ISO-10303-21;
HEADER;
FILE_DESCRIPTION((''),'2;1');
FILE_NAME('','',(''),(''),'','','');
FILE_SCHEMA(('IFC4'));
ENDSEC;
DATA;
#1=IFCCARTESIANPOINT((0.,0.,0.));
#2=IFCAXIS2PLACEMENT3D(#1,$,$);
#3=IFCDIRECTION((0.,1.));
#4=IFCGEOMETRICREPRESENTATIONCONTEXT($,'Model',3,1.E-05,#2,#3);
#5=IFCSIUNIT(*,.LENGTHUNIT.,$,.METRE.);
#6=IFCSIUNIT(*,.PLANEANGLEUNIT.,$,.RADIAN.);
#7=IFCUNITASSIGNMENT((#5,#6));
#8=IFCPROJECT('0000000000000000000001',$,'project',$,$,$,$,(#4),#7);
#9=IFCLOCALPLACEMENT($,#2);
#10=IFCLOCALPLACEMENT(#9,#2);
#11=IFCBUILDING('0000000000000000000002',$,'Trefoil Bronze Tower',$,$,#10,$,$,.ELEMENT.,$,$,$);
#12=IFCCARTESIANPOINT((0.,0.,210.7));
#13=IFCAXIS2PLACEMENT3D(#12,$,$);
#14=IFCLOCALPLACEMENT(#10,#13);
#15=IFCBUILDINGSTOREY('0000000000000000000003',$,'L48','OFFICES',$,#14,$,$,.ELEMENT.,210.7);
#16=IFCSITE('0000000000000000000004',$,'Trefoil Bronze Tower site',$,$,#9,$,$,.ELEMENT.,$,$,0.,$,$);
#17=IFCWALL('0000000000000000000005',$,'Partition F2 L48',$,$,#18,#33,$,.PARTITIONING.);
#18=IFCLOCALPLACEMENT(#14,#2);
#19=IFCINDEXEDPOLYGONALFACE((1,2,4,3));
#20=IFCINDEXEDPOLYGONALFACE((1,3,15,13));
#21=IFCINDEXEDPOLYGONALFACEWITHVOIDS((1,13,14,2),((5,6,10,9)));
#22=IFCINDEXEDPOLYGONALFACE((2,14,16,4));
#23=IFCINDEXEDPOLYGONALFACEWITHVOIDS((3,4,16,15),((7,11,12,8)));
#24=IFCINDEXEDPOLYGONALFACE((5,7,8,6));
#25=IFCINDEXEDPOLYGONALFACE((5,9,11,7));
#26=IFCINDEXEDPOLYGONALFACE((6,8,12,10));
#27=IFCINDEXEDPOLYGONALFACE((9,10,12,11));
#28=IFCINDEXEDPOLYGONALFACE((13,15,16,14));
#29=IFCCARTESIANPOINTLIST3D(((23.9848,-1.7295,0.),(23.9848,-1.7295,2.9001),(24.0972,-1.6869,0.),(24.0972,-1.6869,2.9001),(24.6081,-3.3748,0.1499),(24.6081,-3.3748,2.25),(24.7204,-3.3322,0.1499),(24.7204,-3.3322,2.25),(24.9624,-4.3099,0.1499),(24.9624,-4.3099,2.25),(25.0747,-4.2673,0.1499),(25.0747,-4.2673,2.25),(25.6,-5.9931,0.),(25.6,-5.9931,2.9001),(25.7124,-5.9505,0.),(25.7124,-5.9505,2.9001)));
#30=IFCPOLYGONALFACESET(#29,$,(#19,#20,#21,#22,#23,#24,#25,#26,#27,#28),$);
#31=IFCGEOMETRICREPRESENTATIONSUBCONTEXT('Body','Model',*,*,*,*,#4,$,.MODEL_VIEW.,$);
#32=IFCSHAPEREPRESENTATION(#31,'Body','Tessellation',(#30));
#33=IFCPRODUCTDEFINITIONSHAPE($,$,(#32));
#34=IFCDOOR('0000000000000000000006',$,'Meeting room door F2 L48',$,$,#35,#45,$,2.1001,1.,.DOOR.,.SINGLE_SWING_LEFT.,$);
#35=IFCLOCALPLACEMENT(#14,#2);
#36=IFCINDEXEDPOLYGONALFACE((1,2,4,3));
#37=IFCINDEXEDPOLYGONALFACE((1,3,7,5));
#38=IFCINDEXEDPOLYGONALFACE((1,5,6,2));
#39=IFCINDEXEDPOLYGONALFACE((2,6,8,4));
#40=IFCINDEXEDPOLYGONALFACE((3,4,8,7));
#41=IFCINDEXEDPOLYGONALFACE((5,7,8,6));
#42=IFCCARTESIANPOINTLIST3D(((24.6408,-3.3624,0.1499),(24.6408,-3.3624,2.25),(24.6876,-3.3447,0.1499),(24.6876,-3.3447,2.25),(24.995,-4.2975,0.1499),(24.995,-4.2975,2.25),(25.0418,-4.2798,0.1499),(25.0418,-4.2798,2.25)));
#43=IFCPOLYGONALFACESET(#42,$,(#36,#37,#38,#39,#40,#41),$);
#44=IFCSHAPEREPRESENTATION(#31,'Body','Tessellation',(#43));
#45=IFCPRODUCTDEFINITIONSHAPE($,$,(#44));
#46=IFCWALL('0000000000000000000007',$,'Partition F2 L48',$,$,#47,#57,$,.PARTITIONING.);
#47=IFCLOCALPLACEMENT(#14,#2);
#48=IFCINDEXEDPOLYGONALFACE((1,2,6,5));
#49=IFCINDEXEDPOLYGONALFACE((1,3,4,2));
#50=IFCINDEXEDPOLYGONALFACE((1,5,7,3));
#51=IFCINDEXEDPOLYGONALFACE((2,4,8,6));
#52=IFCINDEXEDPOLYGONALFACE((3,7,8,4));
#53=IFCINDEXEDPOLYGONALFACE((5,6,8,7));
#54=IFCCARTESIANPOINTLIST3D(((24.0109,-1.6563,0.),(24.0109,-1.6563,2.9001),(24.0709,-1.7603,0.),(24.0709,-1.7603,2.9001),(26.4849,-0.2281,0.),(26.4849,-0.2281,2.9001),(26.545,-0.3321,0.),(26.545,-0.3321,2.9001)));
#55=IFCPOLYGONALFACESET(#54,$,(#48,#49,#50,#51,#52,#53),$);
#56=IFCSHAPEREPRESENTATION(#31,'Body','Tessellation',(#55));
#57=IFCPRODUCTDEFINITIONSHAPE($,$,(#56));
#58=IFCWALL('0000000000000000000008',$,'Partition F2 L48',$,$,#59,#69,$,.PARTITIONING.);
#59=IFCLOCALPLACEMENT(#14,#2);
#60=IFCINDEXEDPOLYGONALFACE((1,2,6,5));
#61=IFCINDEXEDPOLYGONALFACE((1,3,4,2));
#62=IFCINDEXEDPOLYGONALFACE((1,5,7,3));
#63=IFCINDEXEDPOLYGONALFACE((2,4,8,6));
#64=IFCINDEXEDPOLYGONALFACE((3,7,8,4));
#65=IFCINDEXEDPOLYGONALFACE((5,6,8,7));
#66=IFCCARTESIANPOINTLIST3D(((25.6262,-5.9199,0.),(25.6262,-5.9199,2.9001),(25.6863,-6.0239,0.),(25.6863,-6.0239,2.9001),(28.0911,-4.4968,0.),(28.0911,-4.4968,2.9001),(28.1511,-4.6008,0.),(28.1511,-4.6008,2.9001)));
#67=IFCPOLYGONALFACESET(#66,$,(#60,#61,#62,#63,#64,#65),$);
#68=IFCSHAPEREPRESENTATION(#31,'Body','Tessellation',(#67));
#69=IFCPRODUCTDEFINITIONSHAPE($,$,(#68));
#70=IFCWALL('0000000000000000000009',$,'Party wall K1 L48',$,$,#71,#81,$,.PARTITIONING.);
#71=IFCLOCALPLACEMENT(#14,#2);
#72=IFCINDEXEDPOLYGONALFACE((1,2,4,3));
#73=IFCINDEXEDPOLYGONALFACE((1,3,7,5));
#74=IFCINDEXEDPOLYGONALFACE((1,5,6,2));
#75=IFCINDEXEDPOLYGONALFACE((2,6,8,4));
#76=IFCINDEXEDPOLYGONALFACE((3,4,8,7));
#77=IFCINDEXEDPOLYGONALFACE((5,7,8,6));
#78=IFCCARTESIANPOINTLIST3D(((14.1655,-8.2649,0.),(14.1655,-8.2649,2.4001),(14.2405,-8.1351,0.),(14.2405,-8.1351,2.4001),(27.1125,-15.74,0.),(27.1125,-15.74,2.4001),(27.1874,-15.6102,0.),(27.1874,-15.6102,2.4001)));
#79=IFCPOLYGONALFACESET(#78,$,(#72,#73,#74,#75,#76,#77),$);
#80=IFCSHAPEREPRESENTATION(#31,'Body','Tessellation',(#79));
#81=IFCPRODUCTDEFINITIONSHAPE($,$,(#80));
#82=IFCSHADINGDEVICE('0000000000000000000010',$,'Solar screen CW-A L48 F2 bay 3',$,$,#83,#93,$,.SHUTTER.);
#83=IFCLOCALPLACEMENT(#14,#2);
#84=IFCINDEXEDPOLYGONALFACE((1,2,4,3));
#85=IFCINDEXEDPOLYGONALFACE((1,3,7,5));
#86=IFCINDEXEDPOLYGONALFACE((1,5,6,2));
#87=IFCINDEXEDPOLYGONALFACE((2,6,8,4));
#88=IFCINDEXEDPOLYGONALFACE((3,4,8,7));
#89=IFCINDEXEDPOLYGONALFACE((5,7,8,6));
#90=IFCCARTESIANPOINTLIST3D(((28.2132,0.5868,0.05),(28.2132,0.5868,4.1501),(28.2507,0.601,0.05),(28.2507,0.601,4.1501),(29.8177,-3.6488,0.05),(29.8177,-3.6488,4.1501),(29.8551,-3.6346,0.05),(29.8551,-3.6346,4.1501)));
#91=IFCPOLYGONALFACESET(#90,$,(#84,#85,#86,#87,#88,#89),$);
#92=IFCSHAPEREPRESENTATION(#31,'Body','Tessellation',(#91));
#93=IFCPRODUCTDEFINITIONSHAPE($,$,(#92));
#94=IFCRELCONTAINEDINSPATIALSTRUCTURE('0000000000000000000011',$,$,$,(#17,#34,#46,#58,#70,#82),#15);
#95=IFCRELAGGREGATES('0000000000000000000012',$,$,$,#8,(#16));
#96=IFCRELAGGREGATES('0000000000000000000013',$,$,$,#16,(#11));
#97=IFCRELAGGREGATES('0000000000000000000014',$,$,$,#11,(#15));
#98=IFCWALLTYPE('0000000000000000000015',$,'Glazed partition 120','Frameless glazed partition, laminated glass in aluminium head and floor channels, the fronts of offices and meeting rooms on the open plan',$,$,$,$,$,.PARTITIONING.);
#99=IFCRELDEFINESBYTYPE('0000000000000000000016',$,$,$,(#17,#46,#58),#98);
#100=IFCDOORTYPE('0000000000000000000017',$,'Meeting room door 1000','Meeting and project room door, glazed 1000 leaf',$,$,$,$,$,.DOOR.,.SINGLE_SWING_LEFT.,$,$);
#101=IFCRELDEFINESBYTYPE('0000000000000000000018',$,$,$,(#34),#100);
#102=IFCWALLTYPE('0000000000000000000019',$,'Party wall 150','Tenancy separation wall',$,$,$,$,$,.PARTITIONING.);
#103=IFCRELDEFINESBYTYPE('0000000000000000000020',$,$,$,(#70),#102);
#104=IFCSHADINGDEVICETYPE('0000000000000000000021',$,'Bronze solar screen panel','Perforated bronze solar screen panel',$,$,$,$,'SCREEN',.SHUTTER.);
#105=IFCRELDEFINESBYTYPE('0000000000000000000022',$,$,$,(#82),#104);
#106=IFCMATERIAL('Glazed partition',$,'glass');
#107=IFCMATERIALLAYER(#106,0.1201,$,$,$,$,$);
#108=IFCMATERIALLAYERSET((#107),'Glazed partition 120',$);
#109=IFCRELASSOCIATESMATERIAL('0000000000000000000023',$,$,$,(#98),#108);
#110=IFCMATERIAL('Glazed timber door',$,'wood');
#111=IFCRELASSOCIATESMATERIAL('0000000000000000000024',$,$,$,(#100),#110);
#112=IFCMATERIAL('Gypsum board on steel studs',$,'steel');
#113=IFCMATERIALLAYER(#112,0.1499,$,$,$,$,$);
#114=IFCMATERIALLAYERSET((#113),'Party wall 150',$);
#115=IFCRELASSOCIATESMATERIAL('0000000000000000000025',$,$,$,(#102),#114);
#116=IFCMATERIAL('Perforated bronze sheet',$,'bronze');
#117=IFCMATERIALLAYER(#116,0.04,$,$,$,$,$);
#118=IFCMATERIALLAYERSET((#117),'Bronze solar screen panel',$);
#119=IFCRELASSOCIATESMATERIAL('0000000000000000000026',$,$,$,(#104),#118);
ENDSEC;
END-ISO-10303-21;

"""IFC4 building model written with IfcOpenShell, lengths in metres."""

from ifc_helpers import new_model, si_unit, direction, frame, frame_2d, origin, origin_2d, place, context, subcontext, project, spatial, rectangle, extrude, material, layer, layer_set, type_object, element, fill, save


model = new_model("IFC4")

# Units and contexts
model_context = context("Model", 3, precision=1e-05, world=origin(), true_north=direction((0.0, 1.0)))
body_context = subcontext(model_context, "Body", "Model", "MODEL_VIEW")
ifc_project = project(units=[si_unit("LENGTHUNIT", "METRE"), si_unit("PLANEANGLEUNIT", "RADIAN")], contexts=[model_context])

# Site, building, storey
site_placement = place(None, origin())
site = spatial("IfcSite", under=ifc_project, at=site_placement, Name="Trefoil Bronze Tower site", CompositionType="ELEMENT", RefElevation=0.0)
building_placement = place(site_placement, origin())
building = spatial("IfcBuilding", under=site, at=building_placement, Name="Trefoil Bronze Tower", CompositionType="ELEMENT")
storey_placement = place(building_placement, frame((0.0, 0.0, 210.7)))
storey = spatial("IfcBuildingStorey", under=building, at=storey_placement, Name="L48", Description="OFFICES", CompositionType="ELEMENT", Elevation=210.7)

# Shared definitions
ifc_material_1 = material(Name="Glazed partition", Category="glass")
ifc_layer_1 = layer(ifc_material_1, 0.1201)
ifc_layer_set_1 = layer_set([ifc_layer_1], Name="Glazed partition 120")
wall_type_1 = type_object("IfcWallType", Name="Glazed partition 120", Description="Frameless glazed partition, laminated glass in aluminium head and floor channels, the fronts of offices and meeting rooms on the open plan", PredefinedType="PARTITIONING", material=ifc_layer_set_1)

# Wall, opening, door
ifc_material_2 = material(Name="Glazed timber door", Category="wood")
door_type_1 = type_object("IfcDoorType", Name="Meeting room door 1000", Description="Meeting and project room door, glazed 1000 leaf", OperationType="SINGLE_SWING_LEFT", PredefinedType="DOOR", material=ifc_material_2)
wall_1_placement = place(storey_placement, frame((25.6562, -5.9719, 0.0), z_axis=(0.0, 0.0, 1.0), x_axis=(-0.354267, 0.935144, 0.0)))
wall_1 = element("IfcWall", 1, at=wall_1_placement, inside=storey, type_object=wall_type_1, Name="Partition F2 L48", PredefinedType="PARTITIONING", context=body_context, shape_type="SweptSolid", body=[
    extrude(rectangle(XDim=4.5593, YDim=0.1201, at=frame_2d((2.2798, 0.0))), origin(), (0.0, 0.0, 1.0), 2.9001),
])
opening_1_placement = place(wall_1_placement, frame((1.8, 0.0, 0.1499)))
opening_1 = element("IfcOpeningElement", 2, at=opening_1_placement, cuts=wall_1, PredefinedType="OPENING", context=body_context, shape_type="SweptSolid", body=[
    extrude(rectangle(XDim=1.0, YDim=2.1001, at=frame_2d((0.5, 1.05))), frame((0.0, 0.0701, 0.0), z_axis=(0.0, -1.0, 0.0), x_axis=(1.0, 0.0, 0.0)), (0.0, 0.0, 1.0), 0.1401),
])
door_1_placement = place(opening_1_placement, frame((1.0, 0.0, 0.0), z_axis=(0.0, 0.0, 1.0), x_axis=(-1.0, 0.0, 0.0)))
door_1 = element("IfcDoor", 3, at=door_1_placement, inside=storey, type_object=door_type_1, Name="Meeting room door F2 L48", OperationType="SINGLE_SWING_LEFT", OverallHeight=2.1001, OverallWidth=1.0, PredefinedType="DOOR", context=body_context, shape_type="SweptSolid", body=[
    extrude(rectangle(XDim=1.0, YDim=2.1001, at=frame_2d((0.5, 1.05))), frame((0.0, 0.0249, 0.0), z_axis=(0.0, -1.0, 0.0), x_axis=(1.0, 0.0, 0.0)), (0.0, 0.0, 1.0), 0.05),
])
fill(opening_1, door_1)

# Walls
wall_2_placement = place(storey_placement, frame((24.041, -1.7083, 0.0), z_axis=(0.0, 0.0, 1.0), x_axis=(0.866058, 0.499944, 0.0)))
element("IfcWall", 4, at=wall_2_placement, inside=storey, type_object=wall_type_1, Name="Partition F2 L48", PredefinedType="PARTITIONING", context=body_context, shape_type="SweptSolid", body=[
    extrude(rectangle(XDim=2.8567, YDim=0.1201, at=frame_2d((1.4282, 0.0))), origin(), (0.0, 0.0, 1.0), 2.9001),
])
wall_3_placement = place(storey_placement, frame((25.6562, -5.9719, 0.0), z_axis=(0.0, 0.0, 1.0), x_axis=(0.866023, 0.500005, 0.0)))
element("IfcWall", 5, at=wall_3_placement, inside=storey, type_object=wall_type_1, Name="Partition F2 L48", PredefinedType="PARTITIONING", context=body_context, shape_type="SweptSolid", body=[
    extrude(rectangle(XDim=2.8462, YDim=0.1201, at=frame_2d((1.4231, 0.0))), origin(), (0.0, 0.0, 1.0), 2.9001),
])
ifc_material_3 = material(Name="Gypsum board on steel studs", Category="steel")
ifc_layer_2 = layer(ifc_material_3, 0.1499)
ifc_layer_set_2 = layer_set([ifc_layer_2], Name="Party wall 150")
wall_type_2 = type_object("IfcWallType", Name="Party wall 150", Description="Tenancy separation wall", PredefinedType="PARTITIONING", material=ifc_layer_set_2)
wall_4_placement = place(storey_placement, frame((14.2029, -8.2, 0.0), z_axis=(0.0, 0.0, 1.0), x_axis=(0.866022, -0.500007, 0.0)))
element("IfcWall", 6, at=wall_4_placement, inside=storey, type_object=wall_type_2, Name="Party wall K1 L48", PredefinedType="PARTITIONING", context=body_context, shape_type="SweptSolid", body=[
    extrude(rectangle(XDim=14.95, YDim=0.1499, at=frame_2d((7.4751, 0.0))), origin(), (0.0, 0.0, 1.0), 2.4001),
])

# Shading device
ifc_material_4 = material(Name="Perforated bronze sheet", Category="bronze")
ifc_layer_3 = layer(ifc_material_4, 0.04)
ifc_layer_set_3 = layer_set([ifc_layer_3], Name="Bronze solar screen panel")
shading_device_type = type_object("IfcShadingDeviceType", Name="Bronze solar screen panel", Description="Perforated bronze solar screen panel", ElementType="SCREEN", PredefinedType="SHUTTER", material=ifc_layer_set_3)
shading_device_placement = place(storey_placement, frame((29.0342, -1.5239, 0.05), z_axis=(0.0, 0.0, 1.0), x_axis=(-0.354234, 0.935157, 0.0)))
element("IfcShadingDevice", 7, at=shading_device_placement, inside=storey, type_object=shading_device_type, Name="Solar screen CW-A L48 F2 bay 3", PredefinedType="SHUTTER", context=body_context, shape_type="SweptSolid", body=[
    extrude(rectangle(XDim=4.5293, YDim=0.04, at=origin_2d()), origin(), (0.0, 0.0, 1.0), 4.1001),
])

save(model, "model.ifc")
